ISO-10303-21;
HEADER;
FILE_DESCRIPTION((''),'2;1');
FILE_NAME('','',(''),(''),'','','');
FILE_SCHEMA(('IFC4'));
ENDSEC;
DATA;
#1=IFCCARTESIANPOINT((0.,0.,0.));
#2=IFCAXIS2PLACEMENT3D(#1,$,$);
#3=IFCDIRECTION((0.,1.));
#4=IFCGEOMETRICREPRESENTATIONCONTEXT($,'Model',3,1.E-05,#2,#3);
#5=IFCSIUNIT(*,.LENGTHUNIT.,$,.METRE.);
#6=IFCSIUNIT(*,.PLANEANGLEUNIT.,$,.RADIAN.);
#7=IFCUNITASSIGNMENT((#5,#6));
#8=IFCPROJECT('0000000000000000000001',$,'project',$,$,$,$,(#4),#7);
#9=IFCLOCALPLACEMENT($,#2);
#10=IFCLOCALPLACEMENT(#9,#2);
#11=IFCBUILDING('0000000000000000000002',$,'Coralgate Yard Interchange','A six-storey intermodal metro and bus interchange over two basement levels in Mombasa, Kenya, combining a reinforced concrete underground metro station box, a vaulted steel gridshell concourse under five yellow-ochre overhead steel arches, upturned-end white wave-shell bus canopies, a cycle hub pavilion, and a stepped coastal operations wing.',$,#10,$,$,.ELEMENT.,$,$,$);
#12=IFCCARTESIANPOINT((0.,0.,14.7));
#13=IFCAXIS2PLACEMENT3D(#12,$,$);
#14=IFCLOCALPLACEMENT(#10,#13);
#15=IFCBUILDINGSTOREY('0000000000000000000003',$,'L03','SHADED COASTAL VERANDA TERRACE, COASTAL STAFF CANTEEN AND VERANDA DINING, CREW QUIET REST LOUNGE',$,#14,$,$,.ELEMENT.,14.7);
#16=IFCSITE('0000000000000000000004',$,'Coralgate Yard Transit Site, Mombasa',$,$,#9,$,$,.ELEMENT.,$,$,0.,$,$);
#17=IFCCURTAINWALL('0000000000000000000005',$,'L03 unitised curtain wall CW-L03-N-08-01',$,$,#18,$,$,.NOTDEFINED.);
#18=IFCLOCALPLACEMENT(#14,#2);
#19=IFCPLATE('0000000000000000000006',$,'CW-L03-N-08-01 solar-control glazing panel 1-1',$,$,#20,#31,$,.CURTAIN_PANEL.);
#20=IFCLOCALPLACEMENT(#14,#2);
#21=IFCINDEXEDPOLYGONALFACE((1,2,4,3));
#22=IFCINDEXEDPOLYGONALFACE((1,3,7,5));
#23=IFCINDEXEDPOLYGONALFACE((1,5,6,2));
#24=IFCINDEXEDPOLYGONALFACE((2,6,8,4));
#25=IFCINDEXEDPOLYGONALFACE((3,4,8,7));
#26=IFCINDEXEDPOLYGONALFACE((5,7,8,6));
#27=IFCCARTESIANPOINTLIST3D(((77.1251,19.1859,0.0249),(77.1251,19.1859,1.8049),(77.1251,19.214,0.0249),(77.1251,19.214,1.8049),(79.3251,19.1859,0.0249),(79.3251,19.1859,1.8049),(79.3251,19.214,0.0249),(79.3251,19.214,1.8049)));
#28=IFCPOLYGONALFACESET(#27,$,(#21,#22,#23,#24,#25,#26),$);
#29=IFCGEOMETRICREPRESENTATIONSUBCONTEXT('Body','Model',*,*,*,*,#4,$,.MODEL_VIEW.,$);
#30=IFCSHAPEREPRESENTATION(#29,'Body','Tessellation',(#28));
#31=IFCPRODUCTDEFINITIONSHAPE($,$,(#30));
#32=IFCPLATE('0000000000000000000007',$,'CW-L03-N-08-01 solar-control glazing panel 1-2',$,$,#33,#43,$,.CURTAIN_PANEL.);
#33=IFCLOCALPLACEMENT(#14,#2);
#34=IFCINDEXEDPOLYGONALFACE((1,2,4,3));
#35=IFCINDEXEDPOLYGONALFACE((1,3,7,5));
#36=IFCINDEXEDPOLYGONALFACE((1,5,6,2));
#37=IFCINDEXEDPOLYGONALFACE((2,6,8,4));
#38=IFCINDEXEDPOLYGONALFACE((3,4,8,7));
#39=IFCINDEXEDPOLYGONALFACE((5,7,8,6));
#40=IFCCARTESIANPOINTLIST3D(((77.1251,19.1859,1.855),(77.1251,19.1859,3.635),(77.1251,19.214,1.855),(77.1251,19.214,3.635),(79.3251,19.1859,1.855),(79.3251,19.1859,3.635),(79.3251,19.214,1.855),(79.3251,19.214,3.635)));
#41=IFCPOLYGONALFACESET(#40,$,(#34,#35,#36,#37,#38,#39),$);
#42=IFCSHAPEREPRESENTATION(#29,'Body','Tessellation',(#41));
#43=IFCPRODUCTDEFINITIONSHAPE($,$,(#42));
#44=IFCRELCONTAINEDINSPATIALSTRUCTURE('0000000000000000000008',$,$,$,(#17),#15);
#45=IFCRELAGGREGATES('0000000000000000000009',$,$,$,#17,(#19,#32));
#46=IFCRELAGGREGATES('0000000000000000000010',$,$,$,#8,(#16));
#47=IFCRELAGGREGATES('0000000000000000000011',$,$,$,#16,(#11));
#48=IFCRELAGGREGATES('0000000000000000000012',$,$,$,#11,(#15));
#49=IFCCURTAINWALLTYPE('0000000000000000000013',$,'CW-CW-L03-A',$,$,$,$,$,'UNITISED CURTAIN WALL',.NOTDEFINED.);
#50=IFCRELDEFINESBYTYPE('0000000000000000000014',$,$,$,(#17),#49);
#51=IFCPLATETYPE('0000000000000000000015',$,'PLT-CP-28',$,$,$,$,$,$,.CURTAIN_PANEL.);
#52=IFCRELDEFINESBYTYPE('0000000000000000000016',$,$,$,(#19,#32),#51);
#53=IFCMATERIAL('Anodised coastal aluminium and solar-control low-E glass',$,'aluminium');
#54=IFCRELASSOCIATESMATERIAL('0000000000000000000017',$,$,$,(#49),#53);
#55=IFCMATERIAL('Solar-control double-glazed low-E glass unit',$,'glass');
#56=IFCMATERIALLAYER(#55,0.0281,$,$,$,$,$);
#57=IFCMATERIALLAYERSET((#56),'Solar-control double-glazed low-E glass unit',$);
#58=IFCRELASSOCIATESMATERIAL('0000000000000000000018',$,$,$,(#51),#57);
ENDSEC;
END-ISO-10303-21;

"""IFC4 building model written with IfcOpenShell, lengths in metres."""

from ifc_helpers import new_model, si_unit, direction, frame, origin, origin_2d, place, context, subcontext, project, spatial, rectangle, extrude, material, layer, layer_set, type_object, element, aggregate, save


model = new_model("IFC4")

# Units and contexts
model_context = context("Model", 3, precision=1e-05, world=origin(), true_north=direction((0.0, 1.0)))
body_context = subcontext(model_context, "Body", "Model", "MODEL_VIEW")
ifc_project = project(units=[si_unit("LENGTHUNIT", "METRE"), si_unit("PLANEANGLEUNIT", "RADIAN")], contexts=[model_context])

# Site, building, storey
site_placement = place(None, origin())
site = spatial("IfcSite", under=ifc_project, at=site_placement, Name="Coralgate Yard Transit Site, Mombasa", CompositionType="ELEMENT", RefElevation=0.0)
building_placement = place(site_placement, origin())
building = spatial("IfcBuilding", under=site, at=building_placement, Name="Coralgate Yard Interchange", Description="A six-storey intermodal metro and bus interchange over two basement levels in Mombasa, Kenya, combining a reinforced concrete underground metro station box, a vaulted steel gridshell concourse under five yellow-ochre overhead steel arches, upturned-end white wave-shell bus canopies, a cycle hub pavilion, and a stepped coastal operations wing.", CompositionType="ELEMENT")
storey_placement = place(building_placement, frame((0.0, 0.0, 14.7)))
storey = spatial("IfcBuildingStorey", under=building, at=storey_placement, Name="L03", Description="SHADED COASTAL VERANDA TERRACE, COASTAL STAFF CANTEEN AND VERANDA DINING, CREW QUIET REST LOUNGE", CompositionType="ELEMENT", Elevation=14.7)

# Curtain wall
ifc_material_1 = material(Name="Anodised coastal aluminium and solar-control low-E glass", Category="aluminium")
curtain_wall_type = type_object("IfcCurtainWallType", Name="CW-CW-L03-A", ElementType="UNITISED CURTAIN WALL", PredefinedType="NOTDEFINED", material=ifc_material_1)
curtain_wall_1_placement = place(storey_placement, origin())
curtain_wall_1 = element("IfcCurtainWall", 1, at=curtain_wall_1_placement, inside=storey, type_object=curtain_wall_type, Name="L03 unitised curtain wall CW-L03-N-08-01", PredefinedType="NOTDEFINED")

# Plates
ifc_material_2 = material(Name="Solar-control double-glazed low-E glass unit", Category="glass")
ifc_layer = layer(ifc_material_2, 0.0281)
ifc_layer_set = layer_set([ifc_layer], Name="Solar-control double-glazed low-E glass unit")
plate_type = type_object("IfcPlateType", Name="PLT-CP-28", PredefinedType="CURTAIN_PANEL", material=ifc_layer_set)
plate_1_placement = place(storey_placement, frame((78.2251, 19.2, 0.0249), z_axis=(0.0, 0.0, 1.0), x_axis=(1.0, 0.0, 0.0)))
plate_1 = element("IfcPlate", 2, at=plate_1_placement, type_object=plate_type, Name="CW-L03-N-08-01 solar-control glazing panel 1-1", PredefinedType="CURTAIN_PANEL", context=body_context, shape_type="SweptSolid", body=[
    extrude(rectangle(XDim=2.2, YDim=0.0281, at=origin_2d()), origin(), (0.0, 0.0, 1.0), 1.78),
])
plate_2_placement = place(storey_placement, frame((78.2251, 19.2, 1.855), z_axis=(0.0, 0.0, 1.0), x_axis=(1.0, 0.0, 0.0)))
plate_2 = element("IfcPlate", 3, at=plate_2_placement, type_object=plate_type, Name="CW-L03-N-08-01 solar-control glazing panel 1-2", PredefinedType="CURTAIN_PANEL", context=body_context, shape_type="SweptSolid", body=[
    extrude(rectangle(XDim=2.2, YDim=0.0281, at=origin_2d()), origin(), (0.0, 0.0, 1.0), 1.78),
])
aggregate(curtain_wall_1, [plate_1, plate_2])

save(model, "model.ifc")
